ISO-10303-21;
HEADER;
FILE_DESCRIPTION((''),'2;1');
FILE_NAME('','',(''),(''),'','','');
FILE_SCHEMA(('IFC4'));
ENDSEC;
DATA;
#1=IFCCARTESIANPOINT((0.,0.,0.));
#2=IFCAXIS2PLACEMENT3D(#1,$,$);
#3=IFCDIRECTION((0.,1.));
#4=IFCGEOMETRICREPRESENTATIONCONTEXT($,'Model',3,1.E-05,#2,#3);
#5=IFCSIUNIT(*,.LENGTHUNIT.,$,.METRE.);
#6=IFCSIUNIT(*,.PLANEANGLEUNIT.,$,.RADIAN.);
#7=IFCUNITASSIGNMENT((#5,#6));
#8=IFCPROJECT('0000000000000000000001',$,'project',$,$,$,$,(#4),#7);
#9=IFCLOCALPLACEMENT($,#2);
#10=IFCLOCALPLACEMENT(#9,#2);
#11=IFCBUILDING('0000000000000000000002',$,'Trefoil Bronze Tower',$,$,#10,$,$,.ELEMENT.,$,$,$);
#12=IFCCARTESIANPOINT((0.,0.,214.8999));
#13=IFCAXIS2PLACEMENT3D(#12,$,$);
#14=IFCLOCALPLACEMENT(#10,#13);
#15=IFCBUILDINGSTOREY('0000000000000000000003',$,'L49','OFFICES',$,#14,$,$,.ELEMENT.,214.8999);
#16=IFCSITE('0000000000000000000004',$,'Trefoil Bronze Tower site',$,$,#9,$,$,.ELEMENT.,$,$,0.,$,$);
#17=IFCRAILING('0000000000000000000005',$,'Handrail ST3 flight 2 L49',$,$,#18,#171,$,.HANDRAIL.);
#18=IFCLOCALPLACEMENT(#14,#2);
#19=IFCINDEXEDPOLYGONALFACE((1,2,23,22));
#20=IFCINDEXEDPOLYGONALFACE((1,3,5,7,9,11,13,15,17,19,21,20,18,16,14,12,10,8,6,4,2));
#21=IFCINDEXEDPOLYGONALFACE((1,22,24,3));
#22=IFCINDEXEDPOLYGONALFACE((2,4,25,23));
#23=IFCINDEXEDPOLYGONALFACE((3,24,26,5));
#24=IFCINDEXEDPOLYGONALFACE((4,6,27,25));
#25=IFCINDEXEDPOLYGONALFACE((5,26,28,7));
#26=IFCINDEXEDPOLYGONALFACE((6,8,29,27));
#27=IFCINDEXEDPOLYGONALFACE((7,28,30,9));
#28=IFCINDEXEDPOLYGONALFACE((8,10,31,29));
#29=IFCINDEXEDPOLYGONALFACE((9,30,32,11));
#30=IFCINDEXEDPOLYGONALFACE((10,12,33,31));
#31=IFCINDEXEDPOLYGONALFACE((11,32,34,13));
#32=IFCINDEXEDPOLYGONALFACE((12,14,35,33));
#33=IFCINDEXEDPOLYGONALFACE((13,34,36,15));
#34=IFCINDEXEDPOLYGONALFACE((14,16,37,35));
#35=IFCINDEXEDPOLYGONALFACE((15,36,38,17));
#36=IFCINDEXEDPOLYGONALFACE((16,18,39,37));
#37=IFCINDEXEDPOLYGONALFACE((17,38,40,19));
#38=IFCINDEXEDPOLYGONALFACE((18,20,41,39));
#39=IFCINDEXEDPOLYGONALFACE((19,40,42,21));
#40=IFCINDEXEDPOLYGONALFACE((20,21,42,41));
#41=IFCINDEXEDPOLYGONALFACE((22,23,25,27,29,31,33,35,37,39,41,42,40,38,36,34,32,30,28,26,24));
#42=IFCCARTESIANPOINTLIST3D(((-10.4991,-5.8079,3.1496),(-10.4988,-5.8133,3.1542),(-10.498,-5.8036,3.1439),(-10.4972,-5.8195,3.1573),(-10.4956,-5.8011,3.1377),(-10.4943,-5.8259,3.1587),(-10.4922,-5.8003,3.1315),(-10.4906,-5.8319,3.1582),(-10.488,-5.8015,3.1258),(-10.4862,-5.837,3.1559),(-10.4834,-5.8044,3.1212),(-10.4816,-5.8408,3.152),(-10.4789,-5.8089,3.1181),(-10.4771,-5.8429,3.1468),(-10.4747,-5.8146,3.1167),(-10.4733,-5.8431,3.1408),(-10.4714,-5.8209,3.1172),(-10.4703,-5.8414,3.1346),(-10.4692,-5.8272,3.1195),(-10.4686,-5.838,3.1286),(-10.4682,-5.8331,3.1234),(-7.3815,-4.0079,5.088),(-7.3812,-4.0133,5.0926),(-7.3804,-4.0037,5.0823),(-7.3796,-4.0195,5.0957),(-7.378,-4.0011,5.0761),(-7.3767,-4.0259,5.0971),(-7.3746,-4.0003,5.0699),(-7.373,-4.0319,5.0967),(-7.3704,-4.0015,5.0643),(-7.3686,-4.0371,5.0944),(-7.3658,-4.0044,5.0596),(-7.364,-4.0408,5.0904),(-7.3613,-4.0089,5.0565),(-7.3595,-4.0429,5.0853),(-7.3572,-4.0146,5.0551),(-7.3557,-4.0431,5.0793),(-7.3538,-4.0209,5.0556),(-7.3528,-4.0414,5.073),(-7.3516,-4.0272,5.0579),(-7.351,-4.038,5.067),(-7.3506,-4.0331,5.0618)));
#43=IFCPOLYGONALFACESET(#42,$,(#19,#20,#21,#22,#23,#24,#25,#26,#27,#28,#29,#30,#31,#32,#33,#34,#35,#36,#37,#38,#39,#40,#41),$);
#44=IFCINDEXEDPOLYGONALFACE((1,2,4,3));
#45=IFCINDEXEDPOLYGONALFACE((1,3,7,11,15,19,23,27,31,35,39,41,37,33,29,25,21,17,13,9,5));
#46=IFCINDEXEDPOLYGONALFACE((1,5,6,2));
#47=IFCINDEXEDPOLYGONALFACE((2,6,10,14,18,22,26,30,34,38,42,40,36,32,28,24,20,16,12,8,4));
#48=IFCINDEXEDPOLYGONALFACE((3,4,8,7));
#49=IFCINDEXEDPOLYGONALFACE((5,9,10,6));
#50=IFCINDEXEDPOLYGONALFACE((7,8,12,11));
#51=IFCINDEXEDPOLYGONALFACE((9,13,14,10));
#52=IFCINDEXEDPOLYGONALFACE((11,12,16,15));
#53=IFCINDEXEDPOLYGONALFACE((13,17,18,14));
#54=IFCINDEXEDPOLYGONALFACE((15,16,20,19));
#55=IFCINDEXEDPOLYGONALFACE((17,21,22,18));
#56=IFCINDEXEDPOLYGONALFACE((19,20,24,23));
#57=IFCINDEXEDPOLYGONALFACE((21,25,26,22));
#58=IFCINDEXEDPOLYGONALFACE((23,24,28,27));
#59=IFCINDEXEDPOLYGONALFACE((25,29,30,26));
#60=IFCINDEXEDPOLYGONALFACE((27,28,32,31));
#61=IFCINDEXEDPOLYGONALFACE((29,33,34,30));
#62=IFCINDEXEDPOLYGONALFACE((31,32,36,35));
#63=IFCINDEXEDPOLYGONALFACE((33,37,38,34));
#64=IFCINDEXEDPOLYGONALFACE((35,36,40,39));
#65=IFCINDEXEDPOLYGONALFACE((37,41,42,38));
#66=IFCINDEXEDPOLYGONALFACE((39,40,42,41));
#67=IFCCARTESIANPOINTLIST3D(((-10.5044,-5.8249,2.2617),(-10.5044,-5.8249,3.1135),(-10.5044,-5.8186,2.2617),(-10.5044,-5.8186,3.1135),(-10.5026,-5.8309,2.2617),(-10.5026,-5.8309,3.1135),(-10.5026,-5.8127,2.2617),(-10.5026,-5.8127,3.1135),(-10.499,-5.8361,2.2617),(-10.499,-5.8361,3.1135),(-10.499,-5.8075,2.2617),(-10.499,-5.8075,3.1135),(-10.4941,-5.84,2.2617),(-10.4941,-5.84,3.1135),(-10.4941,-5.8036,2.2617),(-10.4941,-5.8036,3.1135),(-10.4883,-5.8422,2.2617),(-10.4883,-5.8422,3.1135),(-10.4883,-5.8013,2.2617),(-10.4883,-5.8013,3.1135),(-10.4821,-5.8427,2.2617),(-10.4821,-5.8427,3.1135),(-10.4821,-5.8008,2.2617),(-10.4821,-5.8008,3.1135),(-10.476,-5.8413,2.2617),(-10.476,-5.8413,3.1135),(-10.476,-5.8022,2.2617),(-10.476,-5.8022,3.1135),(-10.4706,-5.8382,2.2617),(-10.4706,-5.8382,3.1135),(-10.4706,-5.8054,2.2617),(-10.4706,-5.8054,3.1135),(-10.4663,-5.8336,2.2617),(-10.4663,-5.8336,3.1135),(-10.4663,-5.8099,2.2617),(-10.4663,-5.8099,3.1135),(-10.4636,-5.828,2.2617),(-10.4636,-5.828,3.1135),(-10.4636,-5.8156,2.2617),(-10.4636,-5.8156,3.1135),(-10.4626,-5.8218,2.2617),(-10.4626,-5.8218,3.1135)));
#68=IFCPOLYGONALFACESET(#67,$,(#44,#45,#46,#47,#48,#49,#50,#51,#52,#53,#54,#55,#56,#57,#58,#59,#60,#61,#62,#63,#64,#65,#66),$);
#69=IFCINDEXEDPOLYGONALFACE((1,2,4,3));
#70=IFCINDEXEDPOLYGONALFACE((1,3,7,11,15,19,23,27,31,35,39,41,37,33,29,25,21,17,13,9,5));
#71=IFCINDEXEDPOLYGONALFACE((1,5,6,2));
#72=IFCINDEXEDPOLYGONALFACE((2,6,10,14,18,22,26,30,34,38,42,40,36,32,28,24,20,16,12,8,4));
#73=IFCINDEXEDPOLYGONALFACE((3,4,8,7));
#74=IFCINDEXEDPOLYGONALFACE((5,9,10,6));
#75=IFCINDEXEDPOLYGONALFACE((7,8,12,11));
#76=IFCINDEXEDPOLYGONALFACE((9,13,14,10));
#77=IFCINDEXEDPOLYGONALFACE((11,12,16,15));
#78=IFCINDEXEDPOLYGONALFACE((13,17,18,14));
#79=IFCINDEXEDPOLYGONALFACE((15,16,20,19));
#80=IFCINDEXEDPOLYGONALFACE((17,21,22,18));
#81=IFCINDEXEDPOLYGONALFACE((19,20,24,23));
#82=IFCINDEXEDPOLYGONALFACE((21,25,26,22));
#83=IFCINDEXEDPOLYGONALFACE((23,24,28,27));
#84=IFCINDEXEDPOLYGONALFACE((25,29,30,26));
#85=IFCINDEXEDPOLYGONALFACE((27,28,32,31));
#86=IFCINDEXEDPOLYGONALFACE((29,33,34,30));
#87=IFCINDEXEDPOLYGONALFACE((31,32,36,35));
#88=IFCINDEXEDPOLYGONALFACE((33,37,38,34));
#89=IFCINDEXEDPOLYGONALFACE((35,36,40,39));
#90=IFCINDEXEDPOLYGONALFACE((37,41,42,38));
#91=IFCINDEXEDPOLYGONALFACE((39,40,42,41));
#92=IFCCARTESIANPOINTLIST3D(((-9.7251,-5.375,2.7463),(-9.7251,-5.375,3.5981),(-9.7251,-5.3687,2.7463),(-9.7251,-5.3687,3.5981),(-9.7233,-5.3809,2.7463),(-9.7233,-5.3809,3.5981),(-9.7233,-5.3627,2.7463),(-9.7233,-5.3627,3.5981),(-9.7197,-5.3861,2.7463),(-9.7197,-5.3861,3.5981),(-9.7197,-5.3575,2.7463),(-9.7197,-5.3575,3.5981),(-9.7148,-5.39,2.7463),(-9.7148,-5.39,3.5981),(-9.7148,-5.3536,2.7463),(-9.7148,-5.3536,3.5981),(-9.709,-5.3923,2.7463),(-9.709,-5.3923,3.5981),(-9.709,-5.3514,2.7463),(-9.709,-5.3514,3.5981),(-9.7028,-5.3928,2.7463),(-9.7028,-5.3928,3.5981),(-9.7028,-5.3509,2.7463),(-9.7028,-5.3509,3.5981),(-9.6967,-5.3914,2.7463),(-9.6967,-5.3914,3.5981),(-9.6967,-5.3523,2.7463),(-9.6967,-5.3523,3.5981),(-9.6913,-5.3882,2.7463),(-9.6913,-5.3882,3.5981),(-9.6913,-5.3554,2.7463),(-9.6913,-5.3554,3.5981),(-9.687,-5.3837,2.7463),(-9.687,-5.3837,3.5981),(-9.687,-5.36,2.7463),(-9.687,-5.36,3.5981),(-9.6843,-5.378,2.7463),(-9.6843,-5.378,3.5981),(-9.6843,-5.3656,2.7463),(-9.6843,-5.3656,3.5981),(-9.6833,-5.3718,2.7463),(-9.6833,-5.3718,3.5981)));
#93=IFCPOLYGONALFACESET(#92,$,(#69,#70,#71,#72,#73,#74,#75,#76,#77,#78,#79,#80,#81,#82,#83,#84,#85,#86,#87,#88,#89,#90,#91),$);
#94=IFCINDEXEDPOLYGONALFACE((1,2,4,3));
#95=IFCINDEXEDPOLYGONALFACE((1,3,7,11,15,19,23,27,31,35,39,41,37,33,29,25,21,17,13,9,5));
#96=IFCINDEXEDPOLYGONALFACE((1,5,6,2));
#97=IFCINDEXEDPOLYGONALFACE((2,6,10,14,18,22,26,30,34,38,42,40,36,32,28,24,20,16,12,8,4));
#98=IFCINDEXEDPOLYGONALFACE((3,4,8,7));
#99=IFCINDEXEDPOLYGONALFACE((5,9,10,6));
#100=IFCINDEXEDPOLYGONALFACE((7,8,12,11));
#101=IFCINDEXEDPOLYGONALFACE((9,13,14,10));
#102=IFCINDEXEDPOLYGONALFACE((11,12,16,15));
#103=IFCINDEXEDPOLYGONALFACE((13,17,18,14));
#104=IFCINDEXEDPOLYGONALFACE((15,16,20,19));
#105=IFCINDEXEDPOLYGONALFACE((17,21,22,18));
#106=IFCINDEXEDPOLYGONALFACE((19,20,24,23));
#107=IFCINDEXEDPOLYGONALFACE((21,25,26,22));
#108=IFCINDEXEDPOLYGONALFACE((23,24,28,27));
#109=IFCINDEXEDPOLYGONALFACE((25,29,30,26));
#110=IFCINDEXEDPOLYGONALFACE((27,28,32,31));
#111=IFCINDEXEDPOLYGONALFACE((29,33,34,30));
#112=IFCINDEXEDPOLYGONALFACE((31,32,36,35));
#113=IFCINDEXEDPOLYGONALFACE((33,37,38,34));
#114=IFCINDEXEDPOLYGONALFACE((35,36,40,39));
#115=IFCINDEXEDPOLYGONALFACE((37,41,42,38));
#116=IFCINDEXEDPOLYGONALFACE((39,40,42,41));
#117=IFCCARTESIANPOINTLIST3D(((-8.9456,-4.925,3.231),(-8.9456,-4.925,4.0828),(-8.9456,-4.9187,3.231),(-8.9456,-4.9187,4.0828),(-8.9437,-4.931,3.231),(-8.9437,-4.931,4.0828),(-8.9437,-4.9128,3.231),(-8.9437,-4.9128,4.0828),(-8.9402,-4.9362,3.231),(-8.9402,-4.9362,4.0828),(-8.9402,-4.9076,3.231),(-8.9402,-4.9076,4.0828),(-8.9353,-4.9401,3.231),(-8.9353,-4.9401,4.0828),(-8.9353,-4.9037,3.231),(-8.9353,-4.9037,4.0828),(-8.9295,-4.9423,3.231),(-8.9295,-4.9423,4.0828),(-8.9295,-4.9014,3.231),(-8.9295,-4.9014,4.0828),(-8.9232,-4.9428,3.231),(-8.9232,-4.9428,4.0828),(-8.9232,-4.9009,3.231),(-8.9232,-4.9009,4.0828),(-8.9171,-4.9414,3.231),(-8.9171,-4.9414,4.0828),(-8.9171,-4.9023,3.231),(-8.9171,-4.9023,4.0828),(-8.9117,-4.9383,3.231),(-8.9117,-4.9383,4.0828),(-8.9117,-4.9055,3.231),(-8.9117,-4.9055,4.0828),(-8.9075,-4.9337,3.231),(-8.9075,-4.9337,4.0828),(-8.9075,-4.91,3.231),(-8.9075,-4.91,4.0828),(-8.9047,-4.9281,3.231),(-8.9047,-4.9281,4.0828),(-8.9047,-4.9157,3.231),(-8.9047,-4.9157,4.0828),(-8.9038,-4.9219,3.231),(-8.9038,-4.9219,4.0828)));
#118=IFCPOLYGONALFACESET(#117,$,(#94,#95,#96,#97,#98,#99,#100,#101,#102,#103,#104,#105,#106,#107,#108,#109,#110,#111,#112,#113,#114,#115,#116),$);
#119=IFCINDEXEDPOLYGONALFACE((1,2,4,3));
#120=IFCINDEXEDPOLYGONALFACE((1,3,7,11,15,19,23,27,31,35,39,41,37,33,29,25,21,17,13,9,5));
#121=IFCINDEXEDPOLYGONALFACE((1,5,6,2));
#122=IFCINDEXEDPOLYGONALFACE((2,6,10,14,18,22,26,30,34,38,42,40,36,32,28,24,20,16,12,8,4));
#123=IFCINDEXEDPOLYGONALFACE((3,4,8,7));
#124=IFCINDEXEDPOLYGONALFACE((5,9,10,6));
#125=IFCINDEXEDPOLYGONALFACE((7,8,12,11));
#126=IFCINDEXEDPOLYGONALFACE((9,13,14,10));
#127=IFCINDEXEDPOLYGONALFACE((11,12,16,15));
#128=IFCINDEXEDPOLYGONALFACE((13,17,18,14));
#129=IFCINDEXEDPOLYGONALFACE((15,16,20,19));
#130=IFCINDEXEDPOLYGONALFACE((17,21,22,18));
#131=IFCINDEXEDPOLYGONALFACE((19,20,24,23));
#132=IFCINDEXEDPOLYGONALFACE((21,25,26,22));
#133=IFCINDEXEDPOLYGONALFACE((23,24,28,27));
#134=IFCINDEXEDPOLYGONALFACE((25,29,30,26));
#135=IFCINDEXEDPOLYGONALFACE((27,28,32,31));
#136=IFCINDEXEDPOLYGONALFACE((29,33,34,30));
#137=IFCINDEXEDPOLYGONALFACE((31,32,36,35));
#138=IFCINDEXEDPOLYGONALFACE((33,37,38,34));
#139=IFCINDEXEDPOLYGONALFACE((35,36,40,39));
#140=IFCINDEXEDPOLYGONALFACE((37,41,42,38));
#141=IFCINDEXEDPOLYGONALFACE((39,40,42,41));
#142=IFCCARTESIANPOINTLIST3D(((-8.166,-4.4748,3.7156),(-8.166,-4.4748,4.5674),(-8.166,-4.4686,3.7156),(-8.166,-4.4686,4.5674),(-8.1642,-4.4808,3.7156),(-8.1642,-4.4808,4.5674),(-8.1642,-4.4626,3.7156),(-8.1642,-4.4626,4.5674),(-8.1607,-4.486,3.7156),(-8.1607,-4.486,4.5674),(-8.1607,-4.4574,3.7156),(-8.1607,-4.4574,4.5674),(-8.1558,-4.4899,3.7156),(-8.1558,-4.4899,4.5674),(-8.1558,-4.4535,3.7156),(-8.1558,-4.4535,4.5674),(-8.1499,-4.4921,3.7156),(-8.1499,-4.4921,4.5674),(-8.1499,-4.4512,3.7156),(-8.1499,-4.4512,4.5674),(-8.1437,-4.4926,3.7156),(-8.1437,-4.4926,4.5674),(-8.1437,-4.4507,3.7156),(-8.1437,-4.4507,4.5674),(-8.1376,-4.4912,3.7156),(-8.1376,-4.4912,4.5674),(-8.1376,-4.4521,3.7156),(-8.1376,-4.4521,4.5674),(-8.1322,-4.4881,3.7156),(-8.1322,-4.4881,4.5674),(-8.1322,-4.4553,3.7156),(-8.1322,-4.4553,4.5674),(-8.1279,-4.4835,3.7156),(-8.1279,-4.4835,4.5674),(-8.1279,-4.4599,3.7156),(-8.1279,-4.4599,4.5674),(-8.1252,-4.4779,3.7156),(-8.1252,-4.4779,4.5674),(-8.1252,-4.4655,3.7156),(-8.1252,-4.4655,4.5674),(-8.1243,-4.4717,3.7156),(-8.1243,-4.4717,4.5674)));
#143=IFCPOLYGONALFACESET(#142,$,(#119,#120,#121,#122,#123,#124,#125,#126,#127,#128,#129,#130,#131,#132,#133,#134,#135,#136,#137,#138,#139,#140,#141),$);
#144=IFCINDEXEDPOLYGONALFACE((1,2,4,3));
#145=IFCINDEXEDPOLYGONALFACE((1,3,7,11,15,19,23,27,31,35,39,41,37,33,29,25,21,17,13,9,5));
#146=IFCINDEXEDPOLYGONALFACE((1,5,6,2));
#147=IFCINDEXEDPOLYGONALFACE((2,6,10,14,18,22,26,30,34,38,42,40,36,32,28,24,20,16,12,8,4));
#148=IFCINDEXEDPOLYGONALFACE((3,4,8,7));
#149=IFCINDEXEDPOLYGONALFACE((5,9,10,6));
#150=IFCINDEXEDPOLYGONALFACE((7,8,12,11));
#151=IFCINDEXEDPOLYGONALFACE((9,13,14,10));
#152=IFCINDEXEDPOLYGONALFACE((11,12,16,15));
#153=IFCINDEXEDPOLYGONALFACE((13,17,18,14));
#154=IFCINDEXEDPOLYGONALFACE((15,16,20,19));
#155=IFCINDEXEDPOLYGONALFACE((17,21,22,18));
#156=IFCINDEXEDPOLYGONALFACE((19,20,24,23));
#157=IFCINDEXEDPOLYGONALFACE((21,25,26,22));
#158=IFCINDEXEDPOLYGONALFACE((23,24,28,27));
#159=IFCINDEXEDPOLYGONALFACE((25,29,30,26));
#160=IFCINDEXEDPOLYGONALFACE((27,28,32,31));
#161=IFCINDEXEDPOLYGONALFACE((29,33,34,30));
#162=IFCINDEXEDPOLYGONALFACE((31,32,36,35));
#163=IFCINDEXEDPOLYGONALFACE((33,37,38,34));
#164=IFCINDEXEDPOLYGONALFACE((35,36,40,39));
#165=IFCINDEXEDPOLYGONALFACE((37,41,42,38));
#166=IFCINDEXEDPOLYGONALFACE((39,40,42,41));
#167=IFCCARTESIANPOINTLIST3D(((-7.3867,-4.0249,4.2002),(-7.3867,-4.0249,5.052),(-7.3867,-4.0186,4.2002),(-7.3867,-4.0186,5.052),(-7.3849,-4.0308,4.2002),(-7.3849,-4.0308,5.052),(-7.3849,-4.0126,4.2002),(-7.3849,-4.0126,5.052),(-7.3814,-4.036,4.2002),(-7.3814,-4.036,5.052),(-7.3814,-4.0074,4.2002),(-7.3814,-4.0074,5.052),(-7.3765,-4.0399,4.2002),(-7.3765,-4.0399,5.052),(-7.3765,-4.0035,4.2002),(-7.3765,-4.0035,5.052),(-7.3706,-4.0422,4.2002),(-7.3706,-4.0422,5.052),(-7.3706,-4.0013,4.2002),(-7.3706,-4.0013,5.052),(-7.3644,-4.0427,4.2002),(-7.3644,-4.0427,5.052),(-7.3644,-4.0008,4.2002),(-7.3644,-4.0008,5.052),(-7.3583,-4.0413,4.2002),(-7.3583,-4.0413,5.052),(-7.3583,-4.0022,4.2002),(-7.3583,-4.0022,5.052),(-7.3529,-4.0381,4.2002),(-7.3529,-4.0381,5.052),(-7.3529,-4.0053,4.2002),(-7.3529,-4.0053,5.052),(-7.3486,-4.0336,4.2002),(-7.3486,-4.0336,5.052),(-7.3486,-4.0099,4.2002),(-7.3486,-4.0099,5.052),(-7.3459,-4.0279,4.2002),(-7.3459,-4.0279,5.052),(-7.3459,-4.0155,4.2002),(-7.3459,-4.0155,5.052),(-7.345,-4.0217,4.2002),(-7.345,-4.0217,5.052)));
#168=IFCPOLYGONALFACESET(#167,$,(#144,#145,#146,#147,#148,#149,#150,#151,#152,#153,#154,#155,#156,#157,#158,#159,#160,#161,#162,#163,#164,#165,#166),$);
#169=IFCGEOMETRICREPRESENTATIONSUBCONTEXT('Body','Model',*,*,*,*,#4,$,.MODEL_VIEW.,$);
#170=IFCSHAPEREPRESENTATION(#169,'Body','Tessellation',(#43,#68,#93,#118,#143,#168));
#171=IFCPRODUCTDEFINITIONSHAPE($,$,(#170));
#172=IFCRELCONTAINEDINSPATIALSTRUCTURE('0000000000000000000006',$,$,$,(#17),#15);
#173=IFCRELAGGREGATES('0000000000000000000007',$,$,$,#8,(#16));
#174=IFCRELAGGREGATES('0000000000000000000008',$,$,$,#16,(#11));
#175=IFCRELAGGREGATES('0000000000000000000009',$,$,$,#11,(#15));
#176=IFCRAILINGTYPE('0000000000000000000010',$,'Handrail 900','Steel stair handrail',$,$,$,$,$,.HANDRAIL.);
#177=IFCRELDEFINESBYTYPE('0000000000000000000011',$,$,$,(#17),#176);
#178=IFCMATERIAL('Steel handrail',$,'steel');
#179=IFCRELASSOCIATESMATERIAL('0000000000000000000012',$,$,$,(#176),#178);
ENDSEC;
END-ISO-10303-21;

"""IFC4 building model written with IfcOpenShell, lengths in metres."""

from ifc_helpers import new_model, si_unit, direction, frame, origin, origin_2d, place, context, subcontext, project, spatial, circle, extrude, material, type_object, element, save


model = new_model("IFC4")

# Units and contexts
model_context = context("Model", 3, precision=1e-05, world=origin(), true_north=direction((0.0, 1.0)))
body_context = subcontext(model_context, "Body", "Model", "MODEL_VIEW")
ifc_project = project(units=[si_unit("LENGTHUNIT", "METRE"), si_unit("PLANEANGLEUNIT", "RADIAN")], contexts=[model_context])

# Site, building, storey
site_placement = place(None, origin())
site = spatial("IfcSite", under=ifc_project, at=site_placement, Name="Trefoil Bronze Tower site", CompositionType="ELEMENT", RefElevation=0.0)
building_placement = place(site_placement, origin())
building = spatial("IfcBuilding", under=site, at=building_placement, Name="Trefoil Bronze Tower", CompositionType="ELEMENT")
storey_placement = place(building_placement, frame((0.0, 0.0, 214.8999)))
storey = spatial("IfcBuildingStorey", under=building, at=storey_placement, Name="L49", Description="OFFICES", CompositionType="ELEMENT", Elevation=214.8999)

# Railing
ifc_material_1 = material(Name="Steel handrail", Category="steel")
railing_type = type_object("IfcRailingType", Name="Handrail 900", Description="Steel stair handrail", PredefinedType="HANDRAIL", material=ifc_material_1)
railing_1_placement = place(storey_placement, frame((-10.4836, -5.8218, 2.2617)))
element("IfcRailing", 1, at=railing_1_placement, inside=storey, type_object=railing_type, Name="Handrail ST3 flight 2 L49", PredefinedType="HANDRAIL", context=body_context, shape_type="SweptSolid", body=[
    extrude(circle(Radius=0.0239, at=origin_2d()), frame((0.0, 0.0, 0.876), z_axis=(0.762503, 0.440246, 0.474102), x_axis=(-0.500012, 0.866018, 0.0)), (0.0, 0.0, 1.0), 4.0886),
    extrude(circle(Radius=0.021, at=origin_2d()), origin(), (0.0, 0.0, 1.0), 0.8518),
    extrude(circle(Radius=0.021, at=origin_2d()), frame((0.7793, 0.45, 0.4846)), (0.0, 0.0, 1.0), 0.8518),
    extrude(circle(Radius=0.021, at=origin_2d()), frame((1.5588, 0.8999, 0.9692)), (0.0, 0.0, 1.0), 0.8518),
    extrude(circle(Radius=0.021, at=origin_2d()), frame((2.3384, 1.3501, 1.4539)), (0.0, 0.0, 1.0), 0.8518),
    extrude(circle(Radius=0.021, at=origin_2d()), frame((3.1177, 1.8, 1.9385)), (0.0, 0.0, 1.0), 0.8518),
])

save(model, "model.ifc")
